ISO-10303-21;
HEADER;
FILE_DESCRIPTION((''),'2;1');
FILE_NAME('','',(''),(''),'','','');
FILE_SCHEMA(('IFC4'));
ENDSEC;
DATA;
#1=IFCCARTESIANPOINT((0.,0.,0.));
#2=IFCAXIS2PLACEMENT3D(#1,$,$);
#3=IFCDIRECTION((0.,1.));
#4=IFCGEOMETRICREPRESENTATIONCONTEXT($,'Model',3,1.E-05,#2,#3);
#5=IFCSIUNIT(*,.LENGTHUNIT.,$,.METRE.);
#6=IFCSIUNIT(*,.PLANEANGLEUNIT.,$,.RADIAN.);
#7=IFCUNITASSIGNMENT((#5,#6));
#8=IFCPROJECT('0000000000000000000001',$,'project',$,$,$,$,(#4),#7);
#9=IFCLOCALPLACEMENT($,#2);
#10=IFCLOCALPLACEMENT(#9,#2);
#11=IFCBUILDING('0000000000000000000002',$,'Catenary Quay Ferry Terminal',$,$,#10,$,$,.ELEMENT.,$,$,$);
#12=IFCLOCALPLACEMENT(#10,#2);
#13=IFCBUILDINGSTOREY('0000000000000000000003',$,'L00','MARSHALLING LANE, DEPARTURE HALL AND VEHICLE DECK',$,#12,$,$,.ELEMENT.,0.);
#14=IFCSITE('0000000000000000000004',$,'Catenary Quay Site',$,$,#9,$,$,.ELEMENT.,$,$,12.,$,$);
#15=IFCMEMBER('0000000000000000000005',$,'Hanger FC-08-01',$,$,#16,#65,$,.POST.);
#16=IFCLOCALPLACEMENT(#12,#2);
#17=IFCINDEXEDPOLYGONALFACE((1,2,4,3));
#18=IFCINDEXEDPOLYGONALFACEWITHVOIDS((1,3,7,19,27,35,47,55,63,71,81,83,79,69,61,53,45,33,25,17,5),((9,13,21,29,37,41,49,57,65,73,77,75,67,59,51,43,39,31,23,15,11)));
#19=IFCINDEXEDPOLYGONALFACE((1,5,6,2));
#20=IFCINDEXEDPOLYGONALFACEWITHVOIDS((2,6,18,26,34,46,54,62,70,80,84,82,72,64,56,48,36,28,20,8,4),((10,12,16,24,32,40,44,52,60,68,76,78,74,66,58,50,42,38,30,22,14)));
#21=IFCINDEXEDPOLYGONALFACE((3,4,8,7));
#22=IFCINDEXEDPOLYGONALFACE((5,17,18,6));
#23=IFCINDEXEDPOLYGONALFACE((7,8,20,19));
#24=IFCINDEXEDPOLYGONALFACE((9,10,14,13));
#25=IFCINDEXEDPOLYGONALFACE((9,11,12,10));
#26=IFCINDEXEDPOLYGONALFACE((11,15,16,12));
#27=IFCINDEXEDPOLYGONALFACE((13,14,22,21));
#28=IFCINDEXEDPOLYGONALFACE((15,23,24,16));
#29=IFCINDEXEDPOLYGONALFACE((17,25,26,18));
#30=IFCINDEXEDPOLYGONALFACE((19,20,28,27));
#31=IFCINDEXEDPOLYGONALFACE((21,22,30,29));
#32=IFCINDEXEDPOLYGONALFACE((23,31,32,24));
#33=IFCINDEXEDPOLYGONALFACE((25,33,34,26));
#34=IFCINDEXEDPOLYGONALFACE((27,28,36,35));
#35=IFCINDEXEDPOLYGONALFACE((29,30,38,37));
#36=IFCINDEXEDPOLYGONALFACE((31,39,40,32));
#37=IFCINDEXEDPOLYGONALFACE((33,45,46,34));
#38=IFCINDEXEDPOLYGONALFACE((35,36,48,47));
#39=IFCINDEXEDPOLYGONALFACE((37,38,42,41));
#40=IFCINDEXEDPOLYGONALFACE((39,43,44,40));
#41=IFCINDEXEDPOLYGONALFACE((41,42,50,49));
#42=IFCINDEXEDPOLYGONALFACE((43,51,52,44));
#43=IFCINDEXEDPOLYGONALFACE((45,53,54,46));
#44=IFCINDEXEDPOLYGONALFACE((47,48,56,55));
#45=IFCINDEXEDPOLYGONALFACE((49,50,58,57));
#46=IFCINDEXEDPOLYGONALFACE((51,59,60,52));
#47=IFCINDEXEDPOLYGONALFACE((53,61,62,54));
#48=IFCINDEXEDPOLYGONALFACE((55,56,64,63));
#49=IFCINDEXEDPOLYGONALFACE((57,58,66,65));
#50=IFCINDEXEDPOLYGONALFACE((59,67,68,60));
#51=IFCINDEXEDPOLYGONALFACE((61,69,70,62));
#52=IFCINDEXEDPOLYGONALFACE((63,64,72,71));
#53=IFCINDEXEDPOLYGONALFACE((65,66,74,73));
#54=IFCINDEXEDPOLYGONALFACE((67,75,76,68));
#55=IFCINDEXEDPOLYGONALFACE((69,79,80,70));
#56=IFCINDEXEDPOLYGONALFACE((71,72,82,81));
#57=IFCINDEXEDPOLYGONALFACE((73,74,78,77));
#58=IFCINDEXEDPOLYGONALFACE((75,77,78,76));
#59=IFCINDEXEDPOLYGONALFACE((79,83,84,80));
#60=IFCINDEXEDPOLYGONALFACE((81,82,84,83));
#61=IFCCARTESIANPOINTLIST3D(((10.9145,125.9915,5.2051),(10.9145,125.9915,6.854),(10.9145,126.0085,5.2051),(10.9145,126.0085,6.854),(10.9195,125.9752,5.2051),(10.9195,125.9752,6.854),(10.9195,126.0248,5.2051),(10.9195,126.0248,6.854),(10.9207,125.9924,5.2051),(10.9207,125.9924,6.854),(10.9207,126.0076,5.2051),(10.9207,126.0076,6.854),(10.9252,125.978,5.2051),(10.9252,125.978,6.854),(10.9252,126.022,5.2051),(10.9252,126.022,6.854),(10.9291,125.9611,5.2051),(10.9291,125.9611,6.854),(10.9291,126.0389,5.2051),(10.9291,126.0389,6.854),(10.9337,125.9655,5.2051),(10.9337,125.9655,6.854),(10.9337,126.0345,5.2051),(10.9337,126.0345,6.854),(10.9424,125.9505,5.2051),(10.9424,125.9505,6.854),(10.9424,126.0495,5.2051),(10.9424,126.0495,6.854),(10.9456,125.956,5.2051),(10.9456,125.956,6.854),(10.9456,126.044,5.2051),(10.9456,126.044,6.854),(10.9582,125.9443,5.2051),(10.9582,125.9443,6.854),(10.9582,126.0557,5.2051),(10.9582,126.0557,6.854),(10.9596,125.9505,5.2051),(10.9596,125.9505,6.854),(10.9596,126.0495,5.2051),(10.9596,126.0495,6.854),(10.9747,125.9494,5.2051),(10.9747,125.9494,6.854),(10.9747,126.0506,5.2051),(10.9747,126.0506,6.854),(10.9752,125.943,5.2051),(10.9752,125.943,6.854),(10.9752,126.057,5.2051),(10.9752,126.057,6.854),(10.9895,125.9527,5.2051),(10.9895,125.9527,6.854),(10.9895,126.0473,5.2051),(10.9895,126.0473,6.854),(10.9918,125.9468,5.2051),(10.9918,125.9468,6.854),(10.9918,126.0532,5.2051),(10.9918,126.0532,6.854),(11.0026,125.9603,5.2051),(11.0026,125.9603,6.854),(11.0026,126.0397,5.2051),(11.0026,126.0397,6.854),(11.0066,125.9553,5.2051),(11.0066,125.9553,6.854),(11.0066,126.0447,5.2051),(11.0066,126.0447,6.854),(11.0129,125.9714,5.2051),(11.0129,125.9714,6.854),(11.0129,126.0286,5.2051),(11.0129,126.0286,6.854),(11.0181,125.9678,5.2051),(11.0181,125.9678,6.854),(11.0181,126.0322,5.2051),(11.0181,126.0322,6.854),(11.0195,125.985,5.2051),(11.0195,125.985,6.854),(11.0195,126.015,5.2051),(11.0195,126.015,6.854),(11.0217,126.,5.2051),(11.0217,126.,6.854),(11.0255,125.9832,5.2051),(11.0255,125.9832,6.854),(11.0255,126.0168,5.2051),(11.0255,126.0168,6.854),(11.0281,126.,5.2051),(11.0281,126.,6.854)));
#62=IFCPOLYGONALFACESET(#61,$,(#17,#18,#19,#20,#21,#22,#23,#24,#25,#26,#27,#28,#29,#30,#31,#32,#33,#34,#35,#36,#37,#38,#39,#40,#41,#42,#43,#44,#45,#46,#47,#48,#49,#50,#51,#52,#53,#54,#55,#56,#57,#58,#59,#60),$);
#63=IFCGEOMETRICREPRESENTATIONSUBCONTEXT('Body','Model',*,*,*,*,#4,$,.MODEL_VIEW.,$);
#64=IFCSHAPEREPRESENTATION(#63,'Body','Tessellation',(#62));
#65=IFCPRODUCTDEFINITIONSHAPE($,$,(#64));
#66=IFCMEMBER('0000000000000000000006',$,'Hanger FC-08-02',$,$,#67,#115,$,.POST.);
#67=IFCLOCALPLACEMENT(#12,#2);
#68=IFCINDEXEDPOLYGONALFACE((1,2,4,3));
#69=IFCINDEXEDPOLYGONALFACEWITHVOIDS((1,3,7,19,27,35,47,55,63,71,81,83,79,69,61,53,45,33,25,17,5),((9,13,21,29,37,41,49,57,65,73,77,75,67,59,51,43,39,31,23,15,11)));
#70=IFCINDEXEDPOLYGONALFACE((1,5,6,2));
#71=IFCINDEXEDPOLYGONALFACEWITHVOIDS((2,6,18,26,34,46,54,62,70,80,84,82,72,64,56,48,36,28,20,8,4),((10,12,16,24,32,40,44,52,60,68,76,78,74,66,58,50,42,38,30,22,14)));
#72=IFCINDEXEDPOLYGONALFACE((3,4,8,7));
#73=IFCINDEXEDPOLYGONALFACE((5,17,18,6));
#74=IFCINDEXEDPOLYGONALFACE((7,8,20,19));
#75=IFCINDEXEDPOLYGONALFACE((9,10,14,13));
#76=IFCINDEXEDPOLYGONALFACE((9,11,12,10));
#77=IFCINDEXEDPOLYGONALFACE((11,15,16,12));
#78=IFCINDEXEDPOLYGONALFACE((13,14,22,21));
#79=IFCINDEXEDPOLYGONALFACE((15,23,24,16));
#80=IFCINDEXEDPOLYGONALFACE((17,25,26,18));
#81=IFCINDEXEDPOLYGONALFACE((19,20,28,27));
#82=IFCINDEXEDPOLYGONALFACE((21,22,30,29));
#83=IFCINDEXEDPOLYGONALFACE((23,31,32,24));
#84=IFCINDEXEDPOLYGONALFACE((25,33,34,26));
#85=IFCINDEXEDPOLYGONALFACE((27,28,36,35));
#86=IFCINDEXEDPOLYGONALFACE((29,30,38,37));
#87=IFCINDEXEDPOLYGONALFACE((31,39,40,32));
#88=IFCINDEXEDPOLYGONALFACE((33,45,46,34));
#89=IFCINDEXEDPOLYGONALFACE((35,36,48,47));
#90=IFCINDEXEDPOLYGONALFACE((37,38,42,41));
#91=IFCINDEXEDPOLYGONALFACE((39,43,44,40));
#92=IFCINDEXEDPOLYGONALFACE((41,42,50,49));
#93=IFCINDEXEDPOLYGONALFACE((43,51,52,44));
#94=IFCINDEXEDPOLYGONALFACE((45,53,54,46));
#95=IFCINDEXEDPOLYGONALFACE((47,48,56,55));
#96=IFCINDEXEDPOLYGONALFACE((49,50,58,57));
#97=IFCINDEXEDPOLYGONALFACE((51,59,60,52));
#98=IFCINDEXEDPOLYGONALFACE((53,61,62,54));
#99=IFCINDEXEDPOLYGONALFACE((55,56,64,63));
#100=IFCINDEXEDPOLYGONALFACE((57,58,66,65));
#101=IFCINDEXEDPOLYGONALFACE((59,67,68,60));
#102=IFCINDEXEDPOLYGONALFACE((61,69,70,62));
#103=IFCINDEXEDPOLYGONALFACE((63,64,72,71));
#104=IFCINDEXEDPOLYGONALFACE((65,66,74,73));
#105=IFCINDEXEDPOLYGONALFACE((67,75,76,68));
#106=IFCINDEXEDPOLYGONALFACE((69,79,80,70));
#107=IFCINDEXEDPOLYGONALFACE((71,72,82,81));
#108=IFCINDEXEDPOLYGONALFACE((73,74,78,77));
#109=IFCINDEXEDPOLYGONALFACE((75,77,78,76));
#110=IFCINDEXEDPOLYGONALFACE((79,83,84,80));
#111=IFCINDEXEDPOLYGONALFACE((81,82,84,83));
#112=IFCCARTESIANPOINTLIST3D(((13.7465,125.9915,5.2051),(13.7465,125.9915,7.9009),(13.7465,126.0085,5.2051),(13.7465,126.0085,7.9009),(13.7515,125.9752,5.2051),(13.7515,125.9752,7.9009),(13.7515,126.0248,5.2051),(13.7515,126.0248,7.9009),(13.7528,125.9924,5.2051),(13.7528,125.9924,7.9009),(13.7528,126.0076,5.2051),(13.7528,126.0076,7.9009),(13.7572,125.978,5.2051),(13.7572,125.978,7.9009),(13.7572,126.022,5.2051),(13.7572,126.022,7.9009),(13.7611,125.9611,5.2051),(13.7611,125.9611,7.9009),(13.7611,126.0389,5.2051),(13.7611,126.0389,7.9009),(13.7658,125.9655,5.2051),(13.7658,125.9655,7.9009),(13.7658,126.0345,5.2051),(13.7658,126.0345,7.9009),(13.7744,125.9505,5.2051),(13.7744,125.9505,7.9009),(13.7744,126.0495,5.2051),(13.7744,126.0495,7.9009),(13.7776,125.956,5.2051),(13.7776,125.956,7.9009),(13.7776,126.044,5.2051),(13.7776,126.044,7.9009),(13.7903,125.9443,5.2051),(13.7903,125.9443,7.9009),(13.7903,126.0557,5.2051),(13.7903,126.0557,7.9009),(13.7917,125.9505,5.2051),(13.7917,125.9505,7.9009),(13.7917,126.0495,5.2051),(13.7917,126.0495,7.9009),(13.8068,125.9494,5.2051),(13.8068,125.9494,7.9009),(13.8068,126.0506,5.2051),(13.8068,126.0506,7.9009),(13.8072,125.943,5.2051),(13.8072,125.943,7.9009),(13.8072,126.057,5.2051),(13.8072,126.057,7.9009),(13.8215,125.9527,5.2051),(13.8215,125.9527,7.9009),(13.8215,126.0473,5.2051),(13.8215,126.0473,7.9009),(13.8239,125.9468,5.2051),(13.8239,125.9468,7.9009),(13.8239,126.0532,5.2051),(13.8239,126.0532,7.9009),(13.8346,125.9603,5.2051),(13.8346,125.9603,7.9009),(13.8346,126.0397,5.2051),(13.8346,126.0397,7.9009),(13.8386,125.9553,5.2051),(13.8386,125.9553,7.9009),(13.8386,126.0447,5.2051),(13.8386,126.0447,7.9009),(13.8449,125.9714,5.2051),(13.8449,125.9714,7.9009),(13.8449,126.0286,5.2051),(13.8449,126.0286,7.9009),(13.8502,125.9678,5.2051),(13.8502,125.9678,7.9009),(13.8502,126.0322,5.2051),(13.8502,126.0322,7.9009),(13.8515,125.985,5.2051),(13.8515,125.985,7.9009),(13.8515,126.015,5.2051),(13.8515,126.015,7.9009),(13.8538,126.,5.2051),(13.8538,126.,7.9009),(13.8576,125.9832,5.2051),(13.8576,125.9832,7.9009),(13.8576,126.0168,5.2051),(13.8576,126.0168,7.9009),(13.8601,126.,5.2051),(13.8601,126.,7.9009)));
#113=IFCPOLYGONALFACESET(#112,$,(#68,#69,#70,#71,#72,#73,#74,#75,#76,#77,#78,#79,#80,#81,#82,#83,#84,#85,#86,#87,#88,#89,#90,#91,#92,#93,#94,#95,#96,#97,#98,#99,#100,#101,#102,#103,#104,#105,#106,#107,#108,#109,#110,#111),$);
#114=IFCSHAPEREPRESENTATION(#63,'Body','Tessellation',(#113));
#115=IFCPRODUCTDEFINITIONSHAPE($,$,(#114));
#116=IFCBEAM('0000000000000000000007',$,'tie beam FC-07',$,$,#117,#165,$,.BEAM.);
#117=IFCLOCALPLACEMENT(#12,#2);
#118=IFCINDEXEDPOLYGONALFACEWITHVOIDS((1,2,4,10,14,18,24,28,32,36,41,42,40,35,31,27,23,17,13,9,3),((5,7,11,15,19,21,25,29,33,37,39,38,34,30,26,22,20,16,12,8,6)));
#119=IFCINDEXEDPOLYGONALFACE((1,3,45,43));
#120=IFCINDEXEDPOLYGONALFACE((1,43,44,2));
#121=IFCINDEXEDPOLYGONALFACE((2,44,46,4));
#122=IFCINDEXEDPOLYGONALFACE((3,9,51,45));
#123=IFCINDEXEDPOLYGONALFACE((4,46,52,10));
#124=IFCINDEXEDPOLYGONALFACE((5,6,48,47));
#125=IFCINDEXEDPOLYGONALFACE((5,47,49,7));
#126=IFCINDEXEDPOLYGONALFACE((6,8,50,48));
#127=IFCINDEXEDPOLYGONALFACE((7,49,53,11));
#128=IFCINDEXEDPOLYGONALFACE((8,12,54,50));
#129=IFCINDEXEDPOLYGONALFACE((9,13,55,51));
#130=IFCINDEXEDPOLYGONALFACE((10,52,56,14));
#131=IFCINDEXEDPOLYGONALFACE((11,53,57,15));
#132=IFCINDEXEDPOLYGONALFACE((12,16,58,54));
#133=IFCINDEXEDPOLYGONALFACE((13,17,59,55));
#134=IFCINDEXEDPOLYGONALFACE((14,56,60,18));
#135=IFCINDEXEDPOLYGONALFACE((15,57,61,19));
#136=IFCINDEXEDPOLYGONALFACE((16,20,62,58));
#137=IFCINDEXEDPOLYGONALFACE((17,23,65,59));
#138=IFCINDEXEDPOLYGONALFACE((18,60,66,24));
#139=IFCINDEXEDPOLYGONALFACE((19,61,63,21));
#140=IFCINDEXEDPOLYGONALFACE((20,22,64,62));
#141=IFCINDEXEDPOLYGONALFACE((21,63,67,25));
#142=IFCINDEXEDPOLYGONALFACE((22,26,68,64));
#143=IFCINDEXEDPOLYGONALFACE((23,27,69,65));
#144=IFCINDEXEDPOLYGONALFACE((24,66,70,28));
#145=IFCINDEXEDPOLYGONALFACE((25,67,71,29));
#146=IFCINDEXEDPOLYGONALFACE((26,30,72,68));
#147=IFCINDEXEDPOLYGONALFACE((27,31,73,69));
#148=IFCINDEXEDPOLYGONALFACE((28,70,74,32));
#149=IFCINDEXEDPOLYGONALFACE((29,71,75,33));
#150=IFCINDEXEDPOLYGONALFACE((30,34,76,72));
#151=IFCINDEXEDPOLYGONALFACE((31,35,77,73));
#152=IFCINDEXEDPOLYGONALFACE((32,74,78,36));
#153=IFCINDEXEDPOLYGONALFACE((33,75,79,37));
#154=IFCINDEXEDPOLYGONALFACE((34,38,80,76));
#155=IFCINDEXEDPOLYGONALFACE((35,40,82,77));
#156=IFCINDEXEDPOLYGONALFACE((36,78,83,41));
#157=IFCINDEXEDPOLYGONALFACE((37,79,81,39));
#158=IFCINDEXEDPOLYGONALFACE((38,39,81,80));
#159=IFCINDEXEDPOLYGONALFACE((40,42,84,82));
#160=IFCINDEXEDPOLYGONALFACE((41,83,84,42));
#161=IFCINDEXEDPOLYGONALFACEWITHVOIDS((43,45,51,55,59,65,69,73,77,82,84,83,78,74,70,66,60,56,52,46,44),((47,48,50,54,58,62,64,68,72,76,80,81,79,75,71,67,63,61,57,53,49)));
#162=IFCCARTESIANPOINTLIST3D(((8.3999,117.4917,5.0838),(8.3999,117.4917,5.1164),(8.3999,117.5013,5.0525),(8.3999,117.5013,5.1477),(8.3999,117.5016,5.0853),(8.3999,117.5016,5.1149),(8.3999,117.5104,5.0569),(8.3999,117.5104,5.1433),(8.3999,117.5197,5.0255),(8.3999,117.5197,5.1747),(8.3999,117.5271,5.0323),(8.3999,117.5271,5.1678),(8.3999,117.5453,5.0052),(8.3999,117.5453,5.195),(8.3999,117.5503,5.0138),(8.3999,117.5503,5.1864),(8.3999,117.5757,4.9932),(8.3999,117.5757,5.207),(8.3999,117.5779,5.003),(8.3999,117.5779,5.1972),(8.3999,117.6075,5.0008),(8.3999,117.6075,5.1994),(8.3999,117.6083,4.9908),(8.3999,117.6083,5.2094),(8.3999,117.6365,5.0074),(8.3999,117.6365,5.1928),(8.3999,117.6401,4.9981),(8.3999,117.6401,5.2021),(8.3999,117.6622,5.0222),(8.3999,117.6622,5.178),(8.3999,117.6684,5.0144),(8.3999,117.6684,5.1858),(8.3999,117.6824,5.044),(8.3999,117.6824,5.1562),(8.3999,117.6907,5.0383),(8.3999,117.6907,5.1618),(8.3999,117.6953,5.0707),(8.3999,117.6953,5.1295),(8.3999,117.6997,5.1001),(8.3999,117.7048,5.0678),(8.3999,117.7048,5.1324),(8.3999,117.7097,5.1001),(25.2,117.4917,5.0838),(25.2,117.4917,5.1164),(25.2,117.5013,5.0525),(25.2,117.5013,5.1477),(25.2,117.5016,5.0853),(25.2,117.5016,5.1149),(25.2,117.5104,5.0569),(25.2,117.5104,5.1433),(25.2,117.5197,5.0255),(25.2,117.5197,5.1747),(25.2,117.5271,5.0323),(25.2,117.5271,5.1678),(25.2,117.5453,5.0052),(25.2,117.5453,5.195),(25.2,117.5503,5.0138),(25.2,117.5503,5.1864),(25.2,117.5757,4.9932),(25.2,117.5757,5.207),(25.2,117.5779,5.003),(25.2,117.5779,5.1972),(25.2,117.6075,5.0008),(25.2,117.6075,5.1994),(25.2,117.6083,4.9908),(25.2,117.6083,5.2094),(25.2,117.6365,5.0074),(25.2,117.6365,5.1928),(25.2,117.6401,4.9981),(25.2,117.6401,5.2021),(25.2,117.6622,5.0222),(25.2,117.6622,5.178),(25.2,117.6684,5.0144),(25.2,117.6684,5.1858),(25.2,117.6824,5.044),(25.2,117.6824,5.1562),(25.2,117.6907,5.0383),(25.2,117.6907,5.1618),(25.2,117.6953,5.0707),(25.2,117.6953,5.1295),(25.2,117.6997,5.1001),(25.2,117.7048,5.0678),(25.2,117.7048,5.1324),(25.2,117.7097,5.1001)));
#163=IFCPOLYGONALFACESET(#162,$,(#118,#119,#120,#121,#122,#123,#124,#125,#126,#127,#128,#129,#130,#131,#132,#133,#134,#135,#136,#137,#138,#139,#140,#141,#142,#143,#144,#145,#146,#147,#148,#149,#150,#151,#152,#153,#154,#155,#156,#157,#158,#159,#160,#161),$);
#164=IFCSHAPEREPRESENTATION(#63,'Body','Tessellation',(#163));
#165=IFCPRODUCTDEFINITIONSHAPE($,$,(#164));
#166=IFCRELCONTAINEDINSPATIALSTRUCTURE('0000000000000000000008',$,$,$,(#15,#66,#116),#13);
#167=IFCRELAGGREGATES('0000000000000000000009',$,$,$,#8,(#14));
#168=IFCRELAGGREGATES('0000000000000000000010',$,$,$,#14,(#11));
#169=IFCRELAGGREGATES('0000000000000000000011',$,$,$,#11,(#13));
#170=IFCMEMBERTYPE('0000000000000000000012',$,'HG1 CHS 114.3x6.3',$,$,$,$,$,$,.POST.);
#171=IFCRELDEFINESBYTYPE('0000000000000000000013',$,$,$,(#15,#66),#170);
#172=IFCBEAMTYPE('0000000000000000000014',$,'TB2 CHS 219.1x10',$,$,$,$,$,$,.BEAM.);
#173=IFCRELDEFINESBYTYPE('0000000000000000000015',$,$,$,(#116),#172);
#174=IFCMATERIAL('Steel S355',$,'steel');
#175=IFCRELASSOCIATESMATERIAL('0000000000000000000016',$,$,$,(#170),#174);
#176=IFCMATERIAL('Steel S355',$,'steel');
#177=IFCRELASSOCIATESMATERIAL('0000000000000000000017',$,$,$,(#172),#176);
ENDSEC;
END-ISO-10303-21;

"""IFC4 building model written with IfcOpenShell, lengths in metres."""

from ifc_helpers import new_model, si_unit, direction, frame, origin, origin_2d, place, context, subcontext, project, spatial, hollow_circle, extrude, material, material_profile, profile_set, type_object, element, save


model = new_model("IFC4")

# Units and contexts
model_context = context("Model", 3, precision=1e-05, world=origin(), true_north=direction((0.0, 1.0)))
body_context = subcontext(model_context, "Body", "Model", "MODEL_VIEW")
ifc_project = project(units=[si_unit("LENGTHUNIT", "METRE"), si_unit("PLANEANGLEUNIT", "RADIAN")], contexts=[model_context])

# Site, building, storey
site_placement = place(None, origin())
site = spatial("IfcSite", under=ifc_project, at=site_placement, Name="Catenary Quay Site", CompositionType="ELEMENT", RefElevation=12.0)
building_placement = place(site_placement, origin())
building = spatial("IfcBuilding", under=site, at=building_placement, Name="Catenary Quay Ferry Terminal", CompositionType="ELEMENT")
storey_placement = place(building_placement, origin())
storey = spatial("IfcBuildingStorey", under=building, at=storey_placement, Name="L00", Description="MARSHALLING LANE, DEPARTURE HALL AND VEHICLE DECK", CompositionType="ELEMENT", Elevation=0.0)

# Members
ifc_material_1 = material(Name="Steel S355", Category="steel")
ifc_material_profile_1 = material_profile(ifc_material_1, hollow_circle(Radius=0.0571, WallThickness=0.0063, at=origin_2d()), Name="CHS 114.3x6.3")
ifc_profile_set_1 = profile_set([ifc_material_profile_1], Name="Steel S355")
member_type_1 = type_object("IfcMemberType", Name="HG1 CHS 114.3x6.3", PredefinedType="POST", material=ifc_profile_set_1)
member_1_placement = place(storey_placement, frame((10.9709, 126.0, 5.2051), z_axis=(0.0, 0.0, 1.0), x_axis=(1.0, 0.0, 0.0)))
element("IfcMember", 1, at=member_1_placement, inside=storey, type_object=member_type_1, Name="Hanger FC-08-01", PredefinedType="POST", context=body_context, shape_type="SweptSolid", body=[
    extrude(hollow_circle(Radius=0.0571, WallThickness=0.0063, at=origin_2d()), origin(), (0.0, 0.0, 1.0), 1.6489),
])
member_2_placement = place(storey_placement, frame((13.803, 126.0, 5.2051), z_axis=(0.0, 0.0, 1.0), x_axis=(1.0, 0.0, 0.0)))
element("IfcMember", 2, at=member_2_placement, inside=storey, type_object=member_type_1, Name="Hanger FC-08-02", PredefinedType="POST", context=body_context, shape_type="SweptSolid", body=[
    extrude(hollow_circle(Radius=0.0571, WallThickness=0.0063, at=origin_2d()), origin(), (0.0, 0.0, 1.0), 2.6958),
])

# Beam
ifc_material_2 = material(Name="Steel S355", Category="steel")
ifc_material_profile_2 = material_profile(ifc_material_2, hollow_circle(Radius=0.1096, WallThickness=0.01, at=origin_2d()), Name="CHS 219.1x10")
ifc_profile_set_2 = profile_set([ifc_material_profile_2], Name="Steel S355")
beam_type_1 = type_object("IfcBeamType", Name="TB2 CHS 219.1x10", PredefinedType="BEAM", material=ifc_profile_set_2)
for number, where, z_axis, x_axis, name in (
    (3, (8.3999, 117.6001, 5.1001), (1.0, 0.0, 0.0), (0.0, 1.0, 0.0), "tie beam FC-07"),
):
    element("IfcBeam", number, at=place(storey_placement, frame(where, z_axis=z_axis, x_axis=x_axis)), inside=storey, type_object=beam_type_1, Name=name, PredefinedType="BEAM", context=body_context, shape_type="SweptSolid", body=[
        extrude(hollow_circle(Radius=0.1096, WallThickness=0.01, at=origin_2d()), origin(), (0.0, 0.0, 1.0), 16.8),
    ])

save(model, "model.ifc")
